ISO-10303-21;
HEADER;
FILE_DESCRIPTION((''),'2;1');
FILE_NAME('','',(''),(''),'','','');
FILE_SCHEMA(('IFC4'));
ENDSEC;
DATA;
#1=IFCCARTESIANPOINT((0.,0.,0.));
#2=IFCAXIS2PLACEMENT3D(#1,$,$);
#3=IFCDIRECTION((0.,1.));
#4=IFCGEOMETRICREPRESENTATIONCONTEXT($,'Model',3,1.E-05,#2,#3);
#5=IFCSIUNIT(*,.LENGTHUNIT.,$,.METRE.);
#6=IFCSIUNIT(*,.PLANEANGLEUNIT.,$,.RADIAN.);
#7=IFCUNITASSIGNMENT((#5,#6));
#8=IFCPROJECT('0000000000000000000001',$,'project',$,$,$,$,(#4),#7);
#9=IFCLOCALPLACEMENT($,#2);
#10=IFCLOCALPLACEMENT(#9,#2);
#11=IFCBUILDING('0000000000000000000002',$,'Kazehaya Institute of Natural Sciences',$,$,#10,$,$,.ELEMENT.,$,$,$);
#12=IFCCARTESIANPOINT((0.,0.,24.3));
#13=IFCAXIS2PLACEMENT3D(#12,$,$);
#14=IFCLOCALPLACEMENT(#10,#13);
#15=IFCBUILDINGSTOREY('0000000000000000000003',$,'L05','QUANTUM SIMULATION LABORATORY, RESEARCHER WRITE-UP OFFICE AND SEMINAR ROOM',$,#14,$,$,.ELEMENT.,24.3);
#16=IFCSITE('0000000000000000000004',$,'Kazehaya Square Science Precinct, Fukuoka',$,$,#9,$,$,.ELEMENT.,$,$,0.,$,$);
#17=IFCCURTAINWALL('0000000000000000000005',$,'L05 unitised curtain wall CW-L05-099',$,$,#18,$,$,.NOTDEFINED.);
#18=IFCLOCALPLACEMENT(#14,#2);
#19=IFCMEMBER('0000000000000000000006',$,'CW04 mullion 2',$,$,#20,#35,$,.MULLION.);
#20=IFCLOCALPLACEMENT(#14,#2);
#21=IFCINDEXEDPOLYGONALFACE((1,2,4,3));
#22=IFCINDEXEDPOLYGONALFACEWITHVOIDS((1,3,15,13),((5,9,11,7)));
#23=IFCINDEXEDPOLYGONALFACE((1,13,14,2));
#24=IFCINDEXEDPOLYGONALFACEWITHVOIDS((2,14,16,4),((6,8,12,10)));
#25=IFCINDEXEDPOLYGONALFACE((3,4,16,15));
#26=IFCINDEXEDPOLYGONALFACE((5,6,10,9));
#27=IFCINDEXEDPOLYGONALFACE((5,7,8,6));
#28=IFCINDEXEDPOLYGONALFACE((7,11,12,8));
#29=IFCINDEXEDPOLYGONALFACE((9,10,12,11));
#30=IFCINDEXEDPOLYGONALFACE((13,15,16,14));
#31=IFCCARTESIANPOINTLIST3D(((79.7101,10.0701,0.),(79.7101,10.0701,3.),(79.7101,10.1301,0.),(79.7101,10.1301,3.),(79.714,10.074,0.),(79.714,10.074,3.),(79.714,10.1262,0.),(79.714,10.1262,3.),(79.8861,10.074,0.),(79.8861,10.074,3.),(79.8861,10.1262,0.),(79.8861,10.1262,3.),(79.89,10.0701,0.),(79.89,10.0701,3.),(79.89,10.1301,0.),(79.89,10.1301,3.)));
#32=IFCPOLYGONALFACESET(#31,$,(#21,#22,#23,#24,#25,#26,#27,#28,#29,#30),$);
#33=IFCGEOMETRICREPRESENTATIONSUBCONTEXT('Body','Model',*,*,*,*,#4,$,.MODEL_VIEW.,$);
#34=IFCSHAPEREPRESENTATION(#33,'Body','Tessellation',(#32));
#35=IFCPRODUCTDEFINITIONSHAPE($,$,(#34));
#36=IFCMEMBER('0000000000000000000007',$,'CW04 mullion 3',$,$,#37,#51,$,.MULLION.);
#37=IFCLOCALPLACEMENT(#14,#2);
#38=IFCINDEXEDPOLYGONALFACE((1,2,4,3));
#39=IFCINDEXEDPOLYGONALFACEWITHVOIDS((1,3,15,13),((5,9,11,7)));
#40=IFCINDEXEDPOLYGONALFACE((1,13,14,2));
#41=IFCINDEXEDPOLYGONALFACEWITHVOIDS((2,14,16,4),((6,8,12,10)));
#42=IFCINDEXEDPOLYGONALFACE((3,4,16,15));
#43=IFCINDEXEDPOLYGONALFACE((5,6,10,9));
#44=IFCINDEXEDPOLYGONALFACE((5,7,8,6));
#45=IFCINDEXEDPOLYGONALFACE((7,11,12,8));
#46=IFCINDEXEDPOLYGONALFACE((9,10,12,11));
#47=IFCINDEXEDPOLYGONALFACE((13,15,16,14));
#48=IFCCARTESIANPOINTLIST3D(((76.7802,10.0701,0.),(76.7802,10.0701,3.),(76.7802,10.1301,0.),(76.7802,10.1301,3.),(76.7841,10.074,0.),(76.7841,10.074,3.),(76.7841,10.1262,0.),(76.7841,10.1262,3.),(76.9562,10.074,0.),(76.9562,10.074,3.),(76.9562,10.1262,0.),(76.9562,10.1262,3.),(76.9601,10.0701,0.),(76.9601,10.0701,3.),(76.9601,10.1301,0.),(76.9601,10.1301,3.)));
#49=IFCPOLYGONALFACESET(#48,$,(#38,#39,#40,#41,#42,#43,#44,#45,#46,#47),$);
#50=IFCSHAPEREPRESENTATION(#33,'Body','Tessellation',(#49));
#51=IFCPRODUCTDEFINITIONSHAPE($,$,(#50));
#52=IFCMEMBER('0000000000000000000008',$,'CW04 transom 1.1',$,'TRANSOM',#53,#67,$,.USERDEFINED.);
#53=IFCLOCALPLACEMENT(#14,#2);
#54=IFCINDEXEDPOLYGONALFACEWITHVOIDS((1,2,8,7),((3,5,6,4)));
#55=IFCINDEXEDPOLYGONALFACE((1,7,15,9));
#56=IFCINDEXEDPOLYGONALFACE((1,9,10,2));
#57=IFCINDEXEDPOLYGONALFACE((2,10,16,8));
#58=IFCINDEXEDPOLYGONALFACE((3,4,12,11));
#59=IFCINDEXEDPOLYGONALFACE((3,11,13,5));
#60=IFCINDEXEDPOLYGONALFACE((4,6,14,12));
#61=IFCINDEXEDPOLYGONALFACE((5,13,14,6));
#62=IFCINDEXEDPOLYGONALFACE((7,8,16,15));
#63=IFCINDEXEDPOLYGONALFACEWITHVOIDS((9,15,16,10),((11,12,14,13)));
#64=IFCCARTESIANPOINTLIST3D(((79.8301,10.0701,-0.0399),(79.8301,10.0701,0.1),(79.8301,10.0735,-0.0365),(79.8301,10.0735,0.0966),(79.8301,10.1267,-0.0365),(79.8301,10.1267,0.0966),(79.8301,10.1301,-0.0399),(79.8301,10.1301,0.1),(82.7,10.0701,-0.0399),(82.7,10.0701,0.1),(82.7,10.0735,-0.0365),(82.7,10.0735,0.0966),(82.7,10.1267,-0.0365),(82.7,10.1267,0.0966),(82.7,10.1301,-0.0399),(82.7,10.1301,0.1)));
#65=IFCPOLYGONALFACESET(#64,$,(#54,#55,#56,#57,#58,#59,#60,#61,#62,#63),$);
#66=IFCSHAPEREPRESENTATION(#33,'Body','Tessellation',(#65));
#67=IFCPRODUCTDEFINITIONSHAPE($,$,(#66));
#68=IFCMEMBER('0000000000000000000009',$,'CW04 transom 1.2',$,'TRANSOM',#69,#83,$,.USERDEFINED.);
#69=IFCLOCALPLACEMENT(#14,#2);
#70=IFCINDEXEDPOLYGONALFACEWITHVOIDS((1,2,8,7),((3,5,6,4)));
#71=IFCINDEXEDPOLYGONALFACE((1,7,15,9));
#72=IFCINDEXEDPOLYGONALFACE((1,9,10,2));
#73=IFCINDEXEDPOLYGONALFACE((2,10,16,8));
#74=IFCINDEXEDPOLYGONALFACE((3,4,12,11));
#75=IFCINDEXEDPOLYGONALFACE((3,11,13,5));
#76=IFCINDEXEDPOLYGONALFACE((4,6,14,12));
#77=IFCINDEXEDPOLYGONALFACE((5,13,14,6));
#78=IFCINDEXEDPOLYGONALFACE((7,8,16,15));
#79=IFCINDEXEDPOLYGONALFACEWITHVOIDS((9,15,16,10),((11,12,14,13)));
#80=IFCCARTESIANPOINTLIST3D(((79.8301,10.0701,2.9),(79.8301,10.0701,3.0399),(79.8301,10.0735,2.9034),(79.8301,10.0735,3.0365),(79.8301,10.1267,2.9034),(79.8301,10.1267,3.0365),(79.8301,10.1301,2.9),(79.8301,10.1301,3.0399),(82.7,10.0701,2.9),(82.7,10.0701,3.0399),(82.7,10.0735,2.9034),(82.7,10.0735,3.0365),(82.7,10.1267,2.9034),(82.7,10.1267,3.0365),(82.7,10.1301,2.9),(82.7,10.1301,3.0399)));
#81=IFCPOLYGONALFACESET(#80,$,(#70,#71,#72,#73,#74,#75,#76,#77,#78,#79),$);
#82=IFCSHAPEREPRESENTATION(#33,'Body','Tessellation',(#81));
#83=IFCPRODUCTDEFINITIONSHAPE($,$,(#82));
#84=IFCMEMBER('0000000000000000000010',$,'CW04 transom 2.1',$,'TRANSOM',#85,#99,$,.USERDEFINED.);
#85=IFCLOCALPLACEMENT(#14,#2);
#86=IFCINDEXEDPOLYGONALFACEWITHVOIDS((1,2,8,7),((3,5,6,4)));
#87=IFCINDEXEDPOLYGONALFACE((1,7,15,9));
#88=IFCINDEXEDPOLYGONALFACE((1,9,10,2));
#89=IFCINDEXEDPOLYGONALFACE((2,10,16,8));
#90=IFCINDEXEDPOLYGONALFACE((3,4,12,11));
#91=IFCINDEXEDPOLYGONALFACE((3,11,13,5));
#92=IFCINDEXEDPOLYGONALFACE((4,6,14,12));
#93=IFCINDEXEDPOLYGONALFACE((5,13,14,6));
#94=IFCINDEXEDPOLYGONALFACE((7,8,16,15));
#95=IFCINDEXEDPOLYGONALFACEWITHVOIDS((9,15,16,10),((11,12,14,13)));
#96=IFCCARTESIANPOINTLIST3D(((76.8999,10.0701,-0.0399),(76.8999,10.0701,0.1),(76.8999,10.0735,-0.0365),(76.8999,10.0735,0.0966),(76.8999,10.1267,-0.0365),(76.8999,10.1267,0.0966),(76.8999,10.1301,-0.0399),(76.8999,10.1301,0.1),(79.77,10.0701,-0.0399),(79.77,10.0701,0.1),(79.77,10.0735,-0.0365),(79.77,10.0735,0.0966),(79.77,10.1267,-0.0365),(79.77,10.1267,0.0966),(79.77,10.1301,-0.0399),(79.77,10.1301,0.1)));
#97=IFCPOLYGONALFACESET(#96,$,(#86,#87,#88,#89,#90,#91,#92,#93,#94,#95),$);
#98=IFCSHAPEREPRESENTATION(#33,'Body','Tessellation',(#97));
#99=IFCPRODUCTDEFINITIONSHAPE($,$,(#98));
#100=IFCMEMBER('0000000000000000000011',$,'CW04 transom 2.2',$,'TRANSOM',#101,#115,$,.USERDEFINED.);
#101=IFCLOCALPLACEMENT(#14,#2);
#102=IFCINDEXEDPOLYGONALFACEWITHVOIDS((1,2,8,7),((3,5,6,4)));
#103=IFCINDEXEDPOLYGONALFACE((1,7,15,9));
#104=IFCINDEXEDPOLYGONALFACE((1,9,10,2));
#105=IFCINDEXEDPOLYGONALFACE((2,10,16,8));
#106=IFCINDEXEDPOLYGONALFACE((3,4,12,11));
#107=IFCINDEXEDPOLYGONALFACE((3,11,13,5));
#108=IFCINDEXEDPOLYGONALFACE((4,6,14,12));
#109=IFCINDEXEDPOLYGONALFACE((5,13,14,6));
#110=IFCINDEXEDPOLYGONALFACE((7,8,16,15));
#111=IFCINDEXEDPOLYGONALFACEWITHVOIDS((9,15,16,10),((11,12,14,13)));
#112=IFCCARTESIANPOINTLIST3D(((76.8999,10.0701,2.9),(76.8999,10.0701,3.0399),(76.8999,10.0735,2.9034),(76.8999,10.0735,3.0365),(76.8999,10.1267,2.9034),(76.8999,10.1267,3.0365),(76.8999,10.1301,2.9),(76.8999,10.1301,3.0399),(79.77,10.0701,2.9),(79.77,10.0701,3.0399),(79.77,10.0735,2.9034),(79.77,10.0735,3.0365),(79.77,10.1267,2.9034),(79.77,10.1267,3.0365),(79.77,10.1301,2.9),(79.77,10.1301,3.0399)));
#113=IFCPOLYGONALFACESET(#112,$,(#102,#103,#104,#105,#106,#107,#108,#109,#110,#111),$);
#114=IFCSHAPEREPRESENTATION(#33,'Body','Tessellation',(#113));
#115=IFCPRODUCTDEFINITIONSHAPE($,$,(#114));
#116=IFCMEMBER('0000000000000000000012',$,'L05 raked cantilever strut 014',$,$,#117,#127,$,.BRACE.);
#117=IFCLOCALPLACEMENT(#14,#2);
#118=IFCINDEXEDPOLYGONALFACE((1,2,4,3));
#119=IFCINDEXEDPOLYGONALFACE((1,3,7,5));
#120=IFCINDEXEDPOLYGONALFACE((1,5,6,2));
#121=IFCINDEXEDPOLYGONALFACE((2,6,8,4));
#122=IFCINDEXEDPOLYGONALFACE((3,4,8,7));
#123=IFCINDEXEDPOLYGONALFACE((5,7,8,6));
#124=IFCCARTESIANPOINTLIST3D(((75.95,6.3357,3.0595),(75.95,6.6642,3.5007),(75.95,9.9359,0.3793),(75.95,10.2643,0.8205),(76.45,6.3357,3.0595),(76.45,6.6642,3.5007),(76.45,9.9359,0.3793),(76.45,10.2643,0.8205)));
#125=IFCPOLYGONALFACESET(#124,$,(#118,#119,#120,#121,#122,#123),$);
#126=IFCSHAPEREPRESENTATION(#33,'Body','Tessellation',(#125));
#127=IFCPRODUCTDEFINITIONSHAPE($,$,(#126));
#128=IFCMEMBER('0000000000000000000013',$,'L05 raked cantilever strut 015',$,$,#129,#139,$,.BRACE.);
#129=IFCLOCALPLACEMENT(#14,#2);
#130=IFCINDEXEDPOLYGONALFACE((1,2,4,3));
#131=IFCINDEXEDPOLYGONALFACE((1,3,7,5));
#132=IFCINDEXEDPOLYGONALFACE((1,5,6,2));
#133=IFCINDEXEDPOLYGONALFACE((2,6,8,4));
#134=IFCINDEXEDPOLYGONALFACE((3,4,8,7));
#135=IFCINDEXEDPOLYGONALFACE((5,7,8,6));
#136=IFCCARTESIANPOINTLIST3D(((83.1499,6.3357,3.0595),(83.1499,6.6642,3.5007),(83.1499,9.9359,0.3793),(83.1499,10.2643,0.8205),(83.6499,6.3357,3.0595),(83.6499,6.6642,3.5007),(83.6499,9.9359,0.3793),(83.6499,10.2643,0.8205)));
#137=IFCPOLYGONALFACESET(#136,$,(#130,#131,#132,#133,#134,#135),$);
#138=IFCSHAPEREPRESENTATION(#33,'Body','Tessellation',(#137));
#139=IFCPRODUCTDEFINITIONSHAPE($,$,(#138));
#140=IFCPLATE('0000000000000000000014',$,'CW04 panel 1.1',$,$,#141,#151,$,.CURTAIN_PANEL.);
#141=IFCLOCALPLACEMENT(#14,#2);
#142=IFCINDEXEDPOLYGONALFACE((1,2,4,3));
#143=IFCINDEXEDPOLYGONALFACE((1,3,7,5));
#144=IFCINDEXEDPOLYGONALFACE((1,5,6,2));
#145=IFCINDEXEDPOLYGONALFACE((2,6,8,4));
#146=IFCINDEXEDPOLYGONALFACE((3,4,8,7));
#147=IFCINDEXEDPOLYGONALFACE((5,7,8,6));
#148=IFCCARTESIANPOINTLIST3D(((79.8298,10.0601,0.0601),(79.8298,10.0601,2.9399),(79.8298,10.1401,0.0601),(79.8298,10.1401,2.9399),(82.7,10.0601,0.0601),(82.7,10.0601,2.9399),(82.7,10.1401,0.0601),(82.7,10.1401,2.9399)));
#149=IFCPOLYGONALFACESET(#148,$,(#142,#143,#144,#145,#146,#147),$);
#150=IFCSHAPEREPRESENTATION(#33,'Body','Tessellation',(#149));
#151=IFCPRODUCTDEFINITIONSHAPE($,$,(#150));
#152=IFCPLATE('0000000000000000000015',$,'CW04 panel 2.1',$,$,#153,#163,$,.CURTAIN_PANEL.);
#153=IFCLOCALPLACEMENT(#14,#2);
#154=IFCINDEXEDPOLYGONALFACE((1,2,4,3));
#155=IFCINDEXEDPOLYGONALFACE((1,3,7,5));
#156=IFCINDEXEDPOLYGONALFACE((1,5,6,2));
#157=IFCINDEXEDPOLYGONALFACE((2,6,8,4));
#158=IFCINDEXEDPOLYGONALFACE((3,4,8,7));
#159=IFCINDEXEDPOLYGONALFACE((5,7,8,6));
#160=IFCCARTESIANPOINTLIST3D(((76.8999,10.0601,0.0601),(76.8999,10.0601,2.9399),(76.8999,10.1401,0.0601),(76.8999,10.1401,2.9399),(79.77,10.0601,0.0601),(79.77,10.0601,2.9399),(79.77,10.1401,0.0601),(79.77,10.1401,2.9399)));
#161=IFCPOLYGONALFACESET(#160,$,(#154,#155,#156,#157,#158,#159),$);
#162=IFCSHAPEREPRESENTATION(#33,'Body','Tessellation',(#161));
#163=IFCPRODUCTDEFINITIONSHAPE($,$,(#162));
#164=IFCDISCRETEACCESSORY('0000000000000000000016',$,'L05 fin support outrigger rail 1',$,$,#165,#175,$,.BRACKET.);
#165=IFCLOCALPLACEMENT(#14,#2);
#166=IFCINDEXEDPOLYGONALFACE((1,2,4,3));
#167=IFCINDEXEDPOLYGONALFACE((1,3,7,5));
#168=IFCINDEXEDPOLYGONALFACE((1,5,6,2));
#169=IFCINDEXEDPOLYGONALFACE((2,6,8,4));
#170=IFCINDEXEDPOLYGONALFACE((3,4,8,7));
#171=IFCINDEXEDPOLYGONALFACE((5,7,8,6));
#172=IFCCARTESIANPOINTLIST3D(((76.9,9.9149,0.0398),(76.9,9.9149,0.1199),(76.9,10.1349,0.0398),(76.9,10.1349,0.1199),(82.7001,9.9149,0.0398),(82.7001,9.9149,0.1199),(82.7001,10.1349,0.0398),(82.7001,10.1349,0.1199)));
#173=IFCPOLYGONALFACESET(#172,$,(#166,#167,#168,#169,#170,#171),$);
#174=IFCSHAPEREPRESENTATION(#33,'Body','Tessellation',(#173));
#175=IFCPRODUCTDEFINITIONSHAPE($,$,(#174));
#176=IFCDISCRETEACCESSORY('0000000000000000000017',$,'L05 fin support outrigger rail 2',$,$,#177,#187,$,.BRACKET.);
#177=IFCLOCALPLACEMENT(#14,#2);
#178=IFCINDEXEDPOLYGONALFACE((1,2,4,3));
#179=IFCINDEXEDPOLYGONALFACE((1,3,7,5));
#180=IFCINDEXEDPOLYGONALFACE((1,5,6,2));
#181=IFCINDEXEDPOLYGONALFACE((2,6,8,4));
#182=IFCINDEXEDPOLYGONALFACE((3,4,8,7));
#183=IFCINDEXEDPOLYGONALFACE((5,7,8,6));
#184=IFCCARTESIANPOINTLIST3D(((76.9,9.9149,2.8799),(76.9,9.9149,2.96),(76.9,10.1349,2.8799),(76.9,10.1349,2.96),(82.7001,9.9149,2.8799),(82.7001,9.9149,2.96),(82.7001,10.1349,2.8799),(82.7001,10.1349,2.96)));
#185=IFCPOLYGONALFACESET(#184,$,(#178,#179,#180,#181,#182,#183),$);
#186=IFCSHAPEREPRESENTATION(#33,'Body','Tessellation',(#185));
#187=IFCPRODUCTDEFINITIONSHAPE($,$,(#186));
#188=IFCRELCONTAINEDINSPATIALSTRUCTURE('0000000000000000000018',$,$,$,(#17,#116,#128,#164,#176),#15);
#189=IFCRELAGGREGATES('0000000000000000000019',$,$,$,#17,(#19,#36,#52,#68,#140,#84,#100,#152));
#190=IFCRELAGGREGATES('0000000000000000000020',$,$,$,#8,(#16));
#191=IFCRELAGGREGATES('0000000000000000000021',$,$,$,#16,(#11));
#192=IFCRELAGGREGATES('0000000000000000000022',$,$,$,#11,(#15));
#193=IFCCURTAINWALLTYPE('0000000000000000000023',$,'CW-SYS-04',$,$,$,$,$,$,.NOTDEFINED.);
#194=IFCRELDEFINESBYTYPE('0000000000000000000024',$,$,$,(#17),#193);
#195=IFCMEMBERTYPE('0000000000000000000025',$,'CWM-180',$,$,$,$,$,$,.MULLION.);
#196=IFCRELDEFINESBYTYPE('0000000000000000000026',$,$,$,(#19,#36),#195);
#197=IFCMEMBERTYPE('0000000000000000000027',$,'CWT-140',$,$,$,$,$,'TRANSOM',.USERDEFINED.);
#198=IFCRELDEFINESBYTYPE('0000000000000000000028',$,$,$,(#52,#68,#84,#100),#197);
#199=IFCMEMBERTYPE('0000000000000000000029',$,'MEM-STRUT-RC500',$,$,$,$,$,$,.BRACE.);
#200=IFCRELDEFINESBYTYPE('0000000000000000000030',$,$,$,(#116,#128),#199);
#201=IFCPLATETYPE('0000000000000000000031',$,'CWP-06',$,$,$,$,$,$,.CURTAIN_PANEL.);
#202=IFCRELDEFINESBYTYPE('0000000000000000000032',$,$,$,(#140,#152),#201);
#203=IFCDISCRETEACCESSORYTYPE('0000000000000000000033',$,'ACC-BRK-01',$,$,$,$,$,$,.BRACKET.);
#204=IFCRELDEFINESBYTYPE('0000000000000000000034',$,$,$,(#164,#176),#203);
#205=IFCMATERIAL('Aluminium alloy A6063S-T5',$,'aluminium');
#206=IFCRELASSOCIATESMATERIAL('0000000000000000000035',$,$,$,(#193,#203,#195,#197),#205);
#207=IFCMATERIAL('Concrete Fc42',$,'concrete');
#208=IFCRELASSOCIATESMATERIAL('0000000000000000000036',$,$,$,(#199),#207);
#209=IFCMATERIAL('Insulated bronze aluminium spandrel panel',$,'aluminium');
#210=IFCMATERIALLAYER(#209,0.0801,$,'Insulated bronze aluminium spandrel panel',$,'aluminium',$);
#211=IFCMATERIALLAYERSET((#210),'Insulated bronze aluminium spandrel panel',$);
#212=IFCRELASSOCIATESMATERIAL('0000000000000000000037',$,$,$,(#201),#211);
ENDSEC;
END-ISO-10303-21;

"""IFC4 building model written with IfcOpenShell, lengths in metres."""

from ifc_helpers import new_model, si_unit, direction, frame, origin, origin_2d, place, context, subcontext, project, spatial, rectangle, hollow_rectangle, extrude, material, layer, layer_set, material_profile, profile_set, type_object, element, aggregate, save


model = new_model("IFC4")

# Units and contexts
model_context = context("Model", 3, precision=1e-05, world=origin(), true_north=direction((0.0, 1.0)))
body_context = subcontext(model_context, "Body", "Model", "MODEL_VIEW")
ifc_project = project(units=[si_unit("LENGTHUNIT", "METRE"), si_unit("PLANEANGLEUNIT", "RADIAN")], contexts=[model_context])

# Site, building, storey
site_placement = place(None, origin())
site = spatial("IfcSite", under=ifc_project, at=site_placement, Name="Kazehaya Square Science Precinct, Fukuoka", CompositionType="ELEMENT", RefElevation=0.0)
building_placement = place(site_placement, origin())
building = spatial("IfcBuilding", under=site, at=building_placement, Name="Kazehaya Institute of Natural Sciences", CompositionType="ELEMENT")
storey_placement = place(building_placement, frame((0.0, 0.0, 24.3)))
storey = spatial("IfcBuildingStorey", under=building, at=storey_placement, Name="L05", Description="QUANTUM SIMULATION LABORATORY, RESEARCHER WRITE-UP OFFICE AND SEMINAR ROOM", CompositionType="ELEMENT", Elevation=24.3)

# Shared definitions
ifc_material_1 = material(Name="Concrete Fc42", Category="concrete")

# Shared definitions
ifc_material_2 = material(Name="Aluminium alloy A6063S-T5", Category="aluminium")
curtain_wall_type = type_object("IfcCurtainWallType", Name="CW-SYS-04", PredefinedType="NOTDEFINED", material=ifc_material_2)
ifc_material_profile_1 = material_profile(ifc_material_2, hollow_rectangle(XDim=0.0601, YDim=0.1799, WallThickness=0.0039, at=origin_2d()), Name="ALU-60x180x4")
ifc_profile_set_1 = profile_set([ifc_material_profile_1], Name="Aluminium alloy A6063S-T5")
member_type_1 = type_object("IfcMemberType", Name="CWM-180", PredefinedType="MULLION", material=ifc_profile_set_1)

# Curtain wall, members
curtain_wall_1_placement = place(storey_placement, origin())
curtain_wall_1 = element("IfcCurtainWall", 1, at=curtain_wall_1_placement, inside=storey, type_object=curtain_wall_type, Name="L05 unitised curtain wall CW-L05-099", PredefinedType="NOTDEFINED")
member_1_placement = place(storey_placement, frame((79.8, 10.1001, 0.0), z_axis=(0.0, 0.0, 1.0), x_axis=(0.0, -1.0, 0.0)))
member_1 = element("IfcMember", 2, at=member_1_placement, type_object=member_type_1, Name="CW04 mullion 2", PredefinedType="MULLION", context=body_context, shape_type="SweptSolid", body=[
    extrude(hollow_rectangle(XDim=0.0601, YDim=0.1799, WallThickness=0.0039, at=origin_2d()), origin(), (0.0, 0.0, 1.0), 3.0),
])
member_2_placement = place(storey_placement, frame((76.8701, 10.1001, 0.0), z_axis=(0.0, 0.0, 1.0), x_axis=(0.0, -1.0, 0.0)))
member_2 = element("IfcMember", 3, at=member_2_placement, type_object=member_type_1, Name="CW04 mullion 3", PredefinedType="MULLION", context=body_context, shape_type="SweptSolid", body=[
    extrude(hollow_rectangle(XDim=0.0601, YDim=0.1799, WallThickness=0.0039, at=origin_2d()), origin(), (0.0, 0.0, 1.0), 3.0),
])
ifc_material_profile_2 = material_profile(ifc_material_2, hollow_rectangle(XDim=0.0601, YDim=0.1399, WallThickness=0.0034, at=origin_2d()), Name="ALU-60x140x3.5")
ifc_profile_set_2 = profile_set([ifc_material_profile_2], Name="Aluminium alloy A6063S-T5")
member_type_2 = type_object("IfcMemberType", Name="CWT-140", ElementType="TRANSOM", PredefinedType="USERDEFINED", material=ifc_profile_set_2)
member_3_placement = place(storey_placement, frame((82.7, 10.1001, 0.03), z_axis=(-1.0, 0.0, 0.0), x_axis=(0.0, -1.0, 0.0)))
member_3 = element("IfcMember", 4, at=member_3_placement, type_object=member_type_2, Name="CW04 transom 1.1", ObjectType="TRANSOM", PredefinedType="USERDEFINED", context=body_context, shape_type="SweptSolid", body=[
    extrude(hollow_rectangle(XDim=0.0601, YDim=0.1399, WallThickness=0.0034, at=origin_2d()), origin(), (0.0, 0.0, 1.0), 2.8699),
])
member_4_placement = place(storey_placement, frame((82.7, 10.1001, 2.97), z_axis=(-1.0, 0.0, 0.0), x_axis=(0.0, -1.0, 0.0)))
member_4 = element("IfcMember", 5, at=member_4_placement, type_object=member_type_2, Name="CW04 transom 1.2", ObjectType="TRANSOM", PredefinedType="USERDEFINED", context=body_context, shape_type="SweptSolid", body=[
    extrude(hollow_rectangle(XDim=0.0601, YDim=0.1399, WallThickness=0.0034, at=origin_2d()), origin(), (0.0, 0.0, 1.0), 2.8699),
])
member_5_placement = place(storey_placement, frame((79.77, 10.1001, 0.03), z_axis=(-1.0, 0.0, 0.0), x_axis=(0.0, -1.0, 0.0)))
member_5 = element("IfcMember", 6, at=member_5_placement, type_object=member_type_2, Name="CW04 transom 2.1", ObjectType="TRANSOM", PredefinedType="USERDEFINED", context=body_context, shape_type="SweptSolid", body=[
    extrude(hollow_rectangle(XDim=0.0601, YDim=0.1399, WallThickness=0.0034, at=origin_2d()), origin(), (0.0, 0.0, 1.0), 2.8701),
])
member_6_placement = place(storey_placement, frame((79.77, 10.1001, 2.97), z_axis=(-1.0, 0.0, 0.0), x_axis=(0.0, -1.0, 0.0)))
member_6 = element("IfcMember", 7, at=member_6_placement, type_object=member_type_2, Name="CW04 transom 2.2", ObjectType="TRANSOM", PredefinedType="USERDEFINED", context=body_context, shape_type="SweptSolid", body=[
    extrude(hollow_rectangle(XDim=0.0601, YDim=0.1399, WallThickness=0.0034, at=origin_2d()), origin(), (0.0, 0.0, 1.0), 2.8701),
])

# Members
ifc_material_profile_3 = material_profile(ifc_material_1, rectangle(XDim=0.5, YDim=0.55, at=origin_2d()), Name="RC-500x550")
ifc_profile_set_3 = profile_set([ifc_material_profile_3], Name="Concrete Fc42")
member_type_3 = type_object("IfcMemberType", Name="MEM-STRUT-RC500", PredefinedType="BRACE", material=ifc_profile_set_3)
for number, where, z_axis, x_axis, name in (
    (8, (76.2, 10.1001, 0.5999), (0.0, -0.802123, 0.597159), (1.0, 0.0, 0.0), "L05 raked cantilever strut 014"),
    (9, (83.3999, 10.1001, 0.5999), (0.0, -0.802123, 0.597159), (1.0, 0.0, 0.0), "L05 raked cantilever strut 015"),
):
    element("IfcMember", number, at=place(storey_placement, frame(where, z_axis=z_axis, x_axis=x_axis)), inside=storey, type_object=member_type_3, Name=name, PredefinedType="BRACE", context=body_context, shape_type="SweptSolid", body=[
        extrude(rectangle(XDim=0.5, YDim=0.55, at=origin_2d()), origin(), (0.0, 0.0, 1.0), 4.4883),
    ])

# Plates
ifc_material_3 = material(Name="Insulated bronze aluminium spandrel panel", Category="aluminium")
ifc_layer = layer(ifc_material_3, 0.0801, Name="Insulated bronze aluminium spandrel panel", Category="aluminium")
ifc_layer_set = layer_set([ifc_layer], Name="Insulated bronze aluminium spandrel panel")
plate_type = type_object("IfcPlateType", Name="CWP-06", PredefinedType="CURTAIN_PANEL", material=ifc_layer_set)
plate_1_placement = place(storey_placement, frame((81.2649, 10.1001, 0.0601), z_axis=(0.0, 0.0, 1.0), x_axis=(-1.0, 0.0, 0.0)))
plate_1 = element("IfcPlate", 10, at=plate_1_placement, type_object=plate_type, Name="CW04 panel 1.1", PredefinedType="CURTAIN_PANEL", context=body_context, shape_type="SweptSolid", body=[
    extrude(rectangle(XDim=2.8701, YDim=0.0801, at=origin_2d()), origin(), (0.0, 0.0, 1.0), 2.8799),
])
plate_2_placement = place(storey_placement, frame((78.335, 10.1001, 0.0601), z_axis=(0.0, 0.0, 1.0), x_axis=(-1.0, 0.0, 0.0)))
plate_2 = element("IfcPlate", 11, at=plate_2_placement, type_object=plate_type, Name="CW04 panel 2.1", PredefinedType="CURTAIN_PANEL", context=body_context, shape_type="SweptSolid", body=[
    extrude(rectangle(XDim=2.8701, YDim=0.0801, at=origin_2d()), origin(), (0.0, 0.0, 1.0), 2.8799),
])
aggregate(curtain_wall_1, [member_1, member_2, member_3, member_4, plate_1, member_5, member_6, plate_2])

# Discrete accessories
discrete_accessory_type = type_object("IfcDiscreteAccessoryType", Name="ACC-BRK-01", PredefinedType="BRACKET", material=ifc_material_2)
for number, where, z_axis, x_axis, name in (
    (12, (79.8, 10.0249, 0.0398), (0.0, 0.0, 1.0), (-1.0, 0.0, 0.0), "L05 fin support outrigger rail 1"),
    (13, (79.8, 10.0249, 2.8799), (0.0, 0.0, 1.0), (-1.0, 0.0, 0.0), "L05 fin support outrigger rail 2"),
):
    element("IfcDiscreteAccessory", number, at=place(storey_placement, frame(where, z_axis=z_axis, x_axis=x_axis)), inside=storey, type_object=discrete_accessory_type, Name=name, PredefinedType="BRACKET", context=body_context, shape_type="SweptSolid", body=[
        extrude(rectangle(XDim=5.8, YDim=0.22, at=origin_2d()), origin(), (0.0, 0.0, 1.0), 0.0801),
    ])

save(model, "model.ifc")
